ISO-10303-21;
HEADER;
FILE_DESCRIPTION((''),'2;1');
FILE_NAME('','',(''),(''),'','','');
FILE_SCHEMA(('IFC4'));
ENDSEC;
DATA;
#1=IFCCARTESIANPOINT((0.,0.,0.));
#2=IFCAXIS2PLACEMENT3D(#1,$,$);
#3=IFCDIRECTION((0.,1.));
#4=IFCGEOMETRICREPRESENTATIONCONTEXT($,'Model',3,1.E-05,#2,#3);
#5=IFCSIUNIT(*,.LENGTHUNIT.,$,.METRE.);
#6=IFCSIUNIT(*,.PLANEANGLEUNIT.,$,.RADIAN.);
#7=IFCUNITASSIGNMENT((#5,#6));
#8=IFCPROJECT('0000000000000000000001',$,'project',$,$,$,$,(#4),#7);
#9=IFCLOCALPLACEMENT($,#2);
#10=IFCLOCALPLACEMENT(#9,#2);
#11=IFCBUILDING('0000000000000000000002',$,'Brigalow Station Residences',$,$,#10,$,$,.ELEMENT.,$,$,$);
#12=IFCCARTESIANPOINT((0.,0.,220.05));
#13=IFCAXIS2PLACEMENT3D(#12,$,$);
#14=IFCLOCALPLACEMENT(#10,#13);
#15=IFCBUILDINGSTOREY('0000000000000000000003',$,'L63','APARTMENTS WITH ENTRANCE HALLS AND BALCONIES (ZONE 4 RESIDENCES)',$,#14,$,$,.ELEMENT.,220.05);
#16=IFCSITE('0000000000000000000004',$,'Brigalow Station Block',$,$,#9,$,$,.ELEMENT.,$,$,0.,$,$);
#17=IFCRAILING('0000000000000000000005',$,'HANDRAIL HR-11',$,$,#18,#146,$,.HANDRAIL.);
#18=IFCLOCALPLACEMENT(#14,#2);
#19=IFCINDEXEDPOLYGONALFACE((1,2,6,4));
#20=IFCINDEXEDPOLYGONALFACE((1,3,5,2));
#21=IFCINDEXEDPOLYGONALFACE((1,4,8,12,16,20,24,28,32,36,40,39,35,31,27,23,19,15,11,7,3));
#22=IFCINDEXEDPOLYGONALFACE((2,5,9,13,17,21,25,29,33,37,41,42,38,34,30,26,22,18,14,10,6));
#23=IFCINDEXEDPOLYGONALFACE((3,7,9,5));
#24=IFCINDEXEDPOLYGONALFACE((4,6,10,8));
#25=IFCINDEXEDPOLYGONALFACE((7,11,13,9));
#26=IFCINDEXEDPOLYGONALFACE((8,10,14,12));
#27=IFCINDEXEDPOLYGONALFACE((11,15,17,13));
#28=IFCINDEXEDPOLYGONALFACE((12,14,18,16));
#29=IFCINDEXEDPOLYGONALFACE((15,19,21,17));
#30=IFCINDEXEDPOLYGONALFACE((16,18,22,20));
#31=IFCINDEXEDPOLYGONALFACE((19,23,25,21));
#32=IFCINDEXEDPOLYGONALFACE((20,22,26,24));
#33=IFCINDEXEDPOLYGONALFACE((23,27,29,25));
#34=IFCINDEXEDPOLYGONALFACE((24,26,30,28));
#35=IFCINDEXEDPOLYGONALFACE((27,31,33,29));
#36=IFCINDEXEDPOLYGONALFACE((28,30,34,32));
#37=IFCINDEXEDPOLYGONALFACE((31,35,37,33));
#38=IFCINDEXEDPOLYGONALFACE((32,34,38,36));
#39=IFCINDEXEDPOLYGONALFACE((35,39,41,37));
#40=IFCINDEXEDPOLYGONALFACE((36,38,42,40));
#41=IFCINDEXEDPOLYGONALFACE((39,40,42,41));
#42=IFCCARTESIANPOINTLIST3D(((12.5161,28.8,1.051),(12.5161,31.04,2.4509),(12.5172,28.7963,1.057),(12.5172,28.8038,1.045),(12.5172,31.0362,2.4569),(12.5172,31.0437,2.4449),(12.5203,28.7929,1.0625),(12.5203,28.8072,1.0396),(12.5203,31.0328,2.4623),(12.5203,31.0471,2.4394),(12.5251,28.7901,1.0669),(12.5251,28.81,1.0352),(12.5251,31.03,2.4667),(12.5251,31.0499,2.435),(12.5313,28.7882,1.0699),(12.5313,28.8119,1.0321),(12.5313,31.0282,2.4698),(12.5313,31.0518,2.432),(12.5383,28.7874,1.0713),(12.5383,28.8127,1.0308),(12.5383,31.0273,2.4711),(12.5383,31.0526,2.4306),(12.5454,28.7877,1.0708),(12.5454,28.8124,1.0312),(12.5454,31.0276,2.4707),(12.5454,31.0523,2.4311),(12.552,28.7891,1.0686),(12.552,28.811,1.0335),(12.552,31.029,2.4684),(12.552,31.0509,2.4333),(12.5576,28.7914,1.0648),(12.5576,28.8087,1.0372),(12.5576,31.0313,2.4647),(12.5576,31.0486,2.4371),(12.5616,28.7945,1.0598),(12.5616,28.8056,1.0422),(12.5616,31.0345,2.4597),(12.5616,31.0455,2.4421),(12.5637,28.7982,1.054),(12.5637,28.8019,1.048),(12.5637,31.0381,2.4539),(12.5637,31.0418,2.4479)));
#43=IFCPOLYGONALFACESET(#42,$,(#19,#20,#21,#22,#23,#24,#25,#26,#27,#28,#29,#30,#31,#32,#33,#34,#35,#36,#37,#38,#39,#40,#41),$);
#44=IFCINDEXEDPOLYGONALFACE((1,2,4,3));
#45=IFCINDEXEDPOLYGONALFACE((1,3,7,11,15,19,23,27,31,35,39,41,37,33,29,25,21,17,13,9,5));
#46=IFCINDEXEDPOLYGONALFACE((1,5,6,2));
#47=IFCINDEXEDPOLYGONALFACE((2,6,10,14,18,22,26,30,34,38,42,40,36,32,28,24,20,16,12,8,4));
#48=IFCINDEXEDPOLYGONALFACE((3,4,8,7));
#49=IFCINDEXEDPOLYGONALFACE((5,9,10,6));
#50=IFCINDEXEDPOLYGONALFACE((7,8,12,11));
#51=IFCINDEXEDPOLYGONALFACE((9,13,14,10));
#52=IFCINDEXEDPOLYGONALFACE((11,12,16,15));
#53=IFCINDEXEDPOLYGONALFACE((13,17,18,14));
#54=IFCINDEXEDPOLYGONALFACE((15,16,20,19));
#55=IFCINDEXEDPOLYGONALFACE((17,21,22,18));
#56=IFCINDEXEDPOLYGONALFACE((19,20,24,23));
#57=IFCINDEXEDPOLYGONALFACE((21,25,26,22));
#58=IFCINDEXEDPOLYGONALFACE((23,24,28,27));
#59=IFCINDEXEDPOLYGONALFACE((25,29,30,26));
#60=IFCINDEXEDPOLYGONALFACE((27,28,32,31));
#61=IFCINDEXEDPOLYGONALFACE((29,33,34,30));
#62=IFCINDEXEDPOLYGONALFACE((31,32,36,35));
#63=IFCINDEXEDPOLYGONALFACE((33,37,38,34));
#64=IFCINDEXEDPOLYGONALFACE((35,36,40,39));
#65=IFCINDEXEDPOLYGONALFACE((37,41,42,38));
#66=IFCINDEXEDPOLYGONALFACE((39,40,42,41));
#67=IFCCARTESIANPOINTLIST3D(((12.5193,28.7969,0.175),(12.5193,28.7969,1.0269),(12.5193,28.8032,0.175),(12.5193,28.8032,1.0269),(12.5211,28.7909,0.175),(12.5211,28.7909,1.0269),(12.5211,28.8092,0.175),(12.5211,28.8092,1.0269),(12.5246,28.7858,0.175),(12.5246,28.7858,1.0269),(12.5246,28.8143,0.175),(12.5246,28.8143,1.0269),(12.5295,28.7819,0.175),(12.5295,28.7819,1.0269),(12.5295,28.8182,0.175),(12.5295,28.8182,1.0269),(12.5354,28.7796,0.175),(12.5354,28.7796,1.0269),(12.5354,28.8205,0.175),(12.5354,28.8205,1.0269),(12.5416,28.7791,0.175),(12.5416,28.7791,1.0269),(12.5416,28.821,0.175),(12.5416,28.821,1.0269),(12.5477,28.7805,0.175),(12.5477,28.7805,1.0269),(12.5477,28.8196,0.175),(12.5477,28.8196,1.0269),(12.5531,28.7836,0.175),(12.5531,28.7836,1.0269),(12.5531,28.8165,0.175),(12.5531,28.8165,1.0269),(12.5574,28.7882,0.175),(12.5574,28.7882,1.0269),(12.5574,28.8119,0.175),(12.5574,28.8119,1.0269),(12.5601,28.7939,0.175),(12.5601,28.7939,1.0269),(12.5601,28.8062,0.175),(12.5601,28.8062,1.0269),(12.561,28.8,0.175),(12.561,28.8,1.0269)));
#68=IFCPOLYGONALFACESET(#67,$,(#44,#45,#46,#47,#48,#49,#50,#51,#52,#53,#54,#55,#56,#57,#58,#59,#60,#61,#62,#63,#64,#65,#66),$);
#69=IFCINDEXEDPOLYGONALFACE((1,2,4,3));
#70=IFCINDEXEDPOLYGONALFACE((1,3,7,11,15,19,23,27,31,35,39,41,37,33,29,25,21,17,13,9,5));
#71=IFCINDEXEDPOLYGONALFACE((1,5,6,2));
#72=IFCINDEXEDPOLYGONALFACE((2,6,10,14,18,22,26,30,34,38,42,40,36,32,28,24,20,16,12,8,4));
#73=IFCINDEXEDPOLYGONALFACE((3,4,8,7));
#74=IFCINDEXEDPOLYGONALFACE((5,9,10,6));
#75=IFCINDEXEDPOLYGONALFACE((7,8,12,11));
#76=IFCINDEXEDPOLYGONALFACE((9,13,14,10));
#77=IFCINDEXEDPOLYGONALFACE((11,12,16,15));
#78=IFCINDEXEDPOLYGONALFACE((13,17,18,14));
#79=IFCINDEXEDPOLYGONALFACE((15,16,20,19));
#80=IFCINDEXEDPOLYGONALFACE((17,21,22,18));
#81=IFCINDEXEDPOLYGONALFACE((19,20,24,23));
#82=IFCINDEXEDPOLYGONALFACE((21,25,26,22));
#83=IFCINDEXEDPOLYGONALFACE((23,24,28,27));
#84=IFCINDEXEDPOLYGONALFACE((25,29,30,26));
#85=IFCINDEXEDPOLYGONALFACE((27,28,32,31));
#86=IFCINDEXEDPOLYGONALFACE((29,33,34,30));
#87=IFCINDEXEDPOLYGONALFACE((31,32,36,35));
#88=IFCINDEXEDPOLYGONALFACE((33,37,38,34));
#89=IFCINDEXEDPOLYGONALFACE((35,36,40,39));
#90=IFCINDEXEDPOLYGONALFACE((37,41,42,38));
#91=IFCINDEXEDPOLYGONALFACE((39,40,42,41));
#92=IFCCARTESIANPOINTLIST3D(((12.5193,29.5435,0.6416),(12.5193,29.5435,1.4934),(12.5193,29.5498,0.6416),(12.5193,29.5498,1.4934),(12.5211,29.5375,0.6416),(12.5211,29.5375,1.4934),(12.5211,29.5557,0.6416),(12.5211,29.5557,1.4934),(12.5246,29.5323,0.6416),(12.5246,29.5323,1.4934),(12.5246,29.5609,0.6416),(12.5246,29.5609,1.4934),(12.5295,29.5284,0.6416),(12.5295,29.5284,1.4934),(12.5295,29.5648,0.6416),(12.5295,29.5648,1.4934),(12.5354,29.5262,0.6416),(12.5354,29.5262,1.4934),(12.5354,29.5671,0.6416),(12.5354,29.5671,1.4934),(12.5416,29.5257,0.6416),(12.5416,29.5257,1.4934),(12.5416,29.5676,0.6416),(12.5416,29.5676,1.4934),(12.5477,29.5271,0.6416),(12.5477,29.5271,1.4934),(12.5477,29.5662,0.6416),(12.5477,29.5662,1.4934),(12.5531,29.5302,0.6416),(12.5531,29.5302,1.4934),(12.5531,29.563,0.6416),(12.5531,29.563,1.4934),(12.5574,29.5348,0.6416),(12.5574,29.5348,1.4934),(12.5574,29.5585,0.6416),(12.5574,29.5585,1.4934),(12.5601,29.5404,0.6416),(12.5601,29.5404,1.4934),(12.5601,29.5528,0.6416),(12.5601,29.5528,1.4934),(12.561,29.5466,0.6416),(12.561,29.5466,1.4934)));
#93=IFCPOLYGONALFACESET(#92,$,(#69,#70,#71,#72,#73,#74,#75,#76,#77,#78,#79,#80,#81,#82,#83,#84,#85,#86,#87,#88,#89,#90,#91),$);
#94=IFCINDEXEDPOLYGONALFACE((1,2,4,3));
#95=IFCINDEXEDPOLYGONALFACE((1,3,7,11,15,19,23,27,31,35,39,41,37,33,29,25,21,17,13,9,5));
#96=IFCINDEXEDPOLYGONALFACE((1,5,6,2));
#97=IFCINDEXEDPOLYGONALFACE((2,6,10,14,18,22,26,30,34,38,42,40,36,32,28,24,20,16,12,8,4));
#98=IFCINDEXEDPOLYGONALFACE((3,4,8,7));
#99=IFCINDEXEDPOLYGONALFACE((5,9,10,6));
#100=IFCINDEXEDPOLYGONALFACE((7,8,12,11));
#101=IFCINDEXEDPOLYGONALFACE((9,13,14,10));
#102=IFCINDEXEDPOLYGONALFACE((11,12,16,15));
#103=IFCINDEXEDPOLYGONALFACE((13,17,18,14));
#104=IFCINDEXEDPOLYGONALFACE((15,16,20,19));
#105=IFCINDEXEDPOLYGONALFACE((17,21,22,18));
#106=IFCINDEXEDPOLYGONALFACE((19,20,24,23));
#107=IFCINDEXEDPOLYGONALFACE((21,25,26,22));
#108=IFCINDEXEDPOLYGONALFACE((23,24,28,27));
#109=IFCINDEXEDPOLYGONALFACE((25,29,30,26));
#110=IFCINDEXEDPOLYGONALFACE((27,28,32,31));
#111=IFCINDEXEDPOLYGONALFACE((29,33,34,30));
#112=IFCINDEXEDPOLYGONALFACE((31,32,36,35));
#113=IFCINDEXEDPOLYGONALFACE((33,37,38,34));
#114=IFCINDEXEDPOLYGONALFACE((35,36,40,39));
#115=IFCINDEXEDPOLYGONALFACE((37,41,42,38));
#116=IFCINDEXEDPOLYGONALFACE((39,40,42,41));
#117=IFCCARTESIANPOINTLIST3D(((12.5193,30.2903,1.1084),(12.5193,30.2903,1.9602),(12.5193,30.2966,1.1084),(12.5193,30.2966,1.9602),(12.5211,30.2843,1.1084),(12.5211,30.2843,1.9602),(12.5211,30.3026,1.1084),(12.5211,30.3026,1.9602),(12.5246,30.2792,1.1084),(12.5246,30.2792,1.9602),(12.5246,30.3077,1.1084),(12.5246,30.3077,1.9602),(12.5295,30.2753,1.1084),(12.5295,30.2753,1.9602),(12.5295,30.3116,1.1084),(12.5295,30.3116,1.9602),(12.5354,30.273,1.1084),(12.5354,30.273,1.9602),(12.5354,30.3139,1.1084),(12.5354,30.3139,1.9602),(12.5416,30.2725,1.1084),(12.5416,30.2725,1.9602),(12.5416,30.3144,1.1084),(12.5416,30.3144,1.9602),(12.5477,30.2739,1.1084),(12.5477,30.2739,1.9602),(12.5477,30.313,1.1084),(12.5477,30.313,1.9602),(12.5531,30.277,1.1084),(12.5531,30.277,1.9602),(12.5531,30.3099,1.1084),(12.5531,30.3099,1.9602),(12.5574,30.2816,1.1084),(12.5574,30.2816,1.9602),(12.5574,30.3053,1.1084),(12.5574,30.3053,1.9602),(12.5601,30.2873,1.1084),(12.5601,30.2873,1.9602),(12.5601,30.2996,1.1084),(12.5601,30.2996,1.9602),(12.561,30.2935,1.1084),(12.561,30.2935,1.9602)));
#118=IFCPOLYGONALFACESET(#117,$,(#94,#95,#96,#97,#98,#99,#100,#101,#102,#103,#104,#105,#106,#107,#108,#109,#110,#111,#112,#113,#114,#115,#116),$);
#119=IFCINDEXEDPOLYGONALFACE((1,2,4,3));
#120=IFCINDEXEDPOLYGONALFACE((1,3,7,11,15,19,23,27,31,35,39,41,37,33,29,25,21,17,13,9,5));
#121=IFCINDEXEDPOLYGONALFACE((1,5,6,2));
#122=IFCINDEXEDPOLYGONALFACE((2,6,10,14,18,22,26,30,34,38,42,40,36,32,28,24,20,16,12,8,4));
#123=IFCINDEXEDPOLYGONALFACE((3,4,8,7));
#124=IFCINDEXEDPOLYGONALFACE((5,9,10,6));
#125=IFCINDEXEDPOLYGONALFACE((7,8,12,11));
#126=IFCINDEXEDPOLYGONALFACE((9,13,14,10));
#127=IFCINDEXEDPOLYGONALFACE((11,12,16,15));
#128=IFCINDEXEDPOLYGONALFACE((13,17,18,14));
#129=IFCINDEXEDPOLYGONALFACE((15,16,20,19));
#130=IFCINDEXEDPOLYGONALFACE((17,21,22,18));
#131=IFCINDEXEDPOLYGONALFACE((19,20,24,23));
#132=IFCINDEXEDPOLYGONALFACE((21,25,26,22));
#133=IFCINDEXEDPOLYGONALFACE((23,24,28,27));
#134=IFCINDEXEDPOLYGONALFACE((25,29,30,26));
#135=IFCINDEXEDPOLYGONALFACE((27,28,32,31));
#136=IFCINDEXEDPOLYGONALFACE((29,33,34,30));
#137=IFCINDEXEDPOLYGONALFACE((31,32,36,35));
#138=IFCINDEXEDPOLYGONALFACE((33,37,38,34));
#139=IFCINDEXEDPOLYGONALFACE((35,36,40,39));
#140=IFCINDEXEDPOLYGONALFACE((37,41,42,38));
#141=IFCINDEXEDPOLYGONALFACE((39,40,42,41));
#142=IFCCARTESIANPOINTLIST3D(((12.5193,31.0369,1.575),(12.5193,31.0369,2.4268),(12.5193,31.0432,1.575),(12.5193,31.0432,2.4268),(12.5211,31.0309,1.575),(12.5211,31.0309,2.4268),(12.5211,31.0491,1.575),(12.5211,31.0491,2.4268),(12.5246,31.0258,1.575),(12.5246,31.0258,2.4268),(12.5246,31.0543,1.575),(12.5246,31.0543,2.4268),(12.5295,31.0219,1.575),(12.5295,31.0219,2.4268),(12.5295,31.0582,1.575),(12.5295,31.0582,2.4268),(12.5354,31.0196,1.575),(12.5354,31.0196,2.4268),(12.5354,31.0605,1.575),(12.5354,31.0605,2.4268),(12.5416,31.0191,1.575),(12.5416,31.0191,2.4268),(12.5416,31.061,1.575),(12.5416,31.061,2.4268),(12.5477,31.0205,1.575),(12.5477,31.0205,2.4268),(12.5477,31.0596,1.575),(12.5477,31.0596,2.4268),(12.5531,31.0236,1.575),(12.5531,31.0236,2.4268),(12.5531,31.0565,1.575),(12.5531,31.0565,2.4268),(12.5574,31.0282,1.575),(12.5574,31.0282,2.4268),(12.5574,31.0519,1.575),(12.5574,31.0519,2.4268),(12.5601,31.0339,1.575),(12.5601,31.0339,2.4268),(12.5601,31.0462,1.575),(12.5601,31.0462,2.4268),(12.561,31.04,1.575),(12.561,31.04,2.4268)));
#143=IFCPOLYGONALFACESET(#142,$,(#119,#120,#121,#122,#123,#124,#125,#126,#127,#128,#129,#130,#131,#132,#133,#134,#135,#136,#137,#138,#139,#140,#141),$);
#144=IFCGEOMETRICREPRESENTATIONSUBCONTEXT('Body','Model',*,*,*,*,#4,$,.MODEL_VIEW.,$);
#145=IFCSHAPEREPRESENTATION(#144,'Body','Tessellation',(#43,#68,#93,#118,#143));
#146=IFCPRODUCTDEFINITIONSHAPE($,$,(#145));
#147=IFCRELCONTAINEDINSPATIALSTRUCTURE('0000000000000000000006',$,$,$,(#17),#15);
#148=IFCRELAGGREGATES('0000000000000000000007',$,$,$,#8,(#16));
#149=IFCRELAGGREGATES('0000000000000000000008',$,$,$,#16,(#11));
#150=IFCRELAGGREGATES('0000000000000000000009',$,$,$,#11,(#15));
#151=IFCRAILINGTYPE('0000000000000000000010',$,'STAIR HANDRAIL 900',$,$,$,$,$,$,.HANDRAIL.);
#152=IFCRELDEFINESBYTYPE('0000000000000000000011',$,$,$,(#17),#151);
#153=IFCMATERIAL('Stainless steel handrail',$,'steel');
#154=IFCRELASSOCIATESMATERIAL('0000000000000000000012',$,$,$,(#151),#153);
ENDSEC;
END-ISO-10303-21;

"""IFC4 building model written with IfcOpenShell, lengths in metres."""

from ifc_helpers import new_model, si_unit, direction, frame, origin, origin_2d, place, context, subcontext, project, spatial, circle, extrude, material, type_object, element, save


model = new_model("IFC4")

# Units and contexts
model_context = context("Model", 3, precision=1e-05, world=origin(), true_north=direction((0.0, 1.0)))
body_context = subcontext(model_context, "Body", "Model", "MODEL_VIEW")
ifc_project = project(units=[si_unit("LENGTHUNIT", "METRE"), si_unit("PLANEANGLEUNIT", "RADIAN")], contexts=[model_context])

# Site, building, storey
site_placement = place(None, origin())
site = spatial("IfcSite", under=ifc_project, at=site_placement, Name="Brigalow Station Block", CompositionType="ELEMENT", RefElevation=0.0)
building_placement = place(site_placement, origin())
building = spatial("IfcBuilding", under=site, at=building_placement, Name="Brigalow Station Residences", CompositionType="ELEMENT")
storey_placement = place(building_placement, frame((0.0, 0.0, 220.05)))
storey = spatial("IfcBuildingStorey", under=building, at=storey_placement, Name="L63", Description="APARTMENTS WITH ENTRANCE HALLS AND BALCONIES (ZONE 4 RESIDENCES)", CompositionType="ELEMENT", Elevation=220.05)

# Railing
ifc_material_1 = material(Name="Stainless steel handrail", Category="steel")
railing_type_1 = type_object("IfcRailingType", Name="STAIR HANDRAIL 900", PredefinedType="HANDRAIL", material=ifc_material_1)
railing_1_placement = place(storey_placement, frame((12.54, 28.8, 0.175)))
element("IfcRailing", 1, at=railing_1_placement, inside=storey, type_object=railing_type_1, Name="HANDRAIL HR-11", PredefinedType="HANDRAIL", context=body_context, shape_type="SweptSolid", body=[
    extrude(circle(Radius=0.0239, at=origin_2d()), frame((0.0, 0.0, 0.876), z_axis=(0.0, 0.848014, 0.529974), x_axis=(-1.0, 0.0, 0.0)), (0.0, 0.0, 1.0), 2.6414),
    extrude(circle(Radius=0.021, at=origin_2d()), origin(), (0.0, 0.0, 1.0), 0.8518),
    extrude(circle(Radius=0.021, at=origin_2d()), frame((0.0, 0.7466, 0.4666)), (0.0, 0.0, 1.0), 0.8518),
    extrude(circle(Radius=0.021, at=origin_2d()), frame((0.0, 1.4934, 0.9333)), (0.0, 0.0, 1.0), 0.8518),
    extrude(circle(Radius=0.021, at=origin_2d()), frame((0.0, 2.24, 1.3999)), (0.0, 0.0, 1.0), 0.8518),
])

save(model, "model.ifc")
